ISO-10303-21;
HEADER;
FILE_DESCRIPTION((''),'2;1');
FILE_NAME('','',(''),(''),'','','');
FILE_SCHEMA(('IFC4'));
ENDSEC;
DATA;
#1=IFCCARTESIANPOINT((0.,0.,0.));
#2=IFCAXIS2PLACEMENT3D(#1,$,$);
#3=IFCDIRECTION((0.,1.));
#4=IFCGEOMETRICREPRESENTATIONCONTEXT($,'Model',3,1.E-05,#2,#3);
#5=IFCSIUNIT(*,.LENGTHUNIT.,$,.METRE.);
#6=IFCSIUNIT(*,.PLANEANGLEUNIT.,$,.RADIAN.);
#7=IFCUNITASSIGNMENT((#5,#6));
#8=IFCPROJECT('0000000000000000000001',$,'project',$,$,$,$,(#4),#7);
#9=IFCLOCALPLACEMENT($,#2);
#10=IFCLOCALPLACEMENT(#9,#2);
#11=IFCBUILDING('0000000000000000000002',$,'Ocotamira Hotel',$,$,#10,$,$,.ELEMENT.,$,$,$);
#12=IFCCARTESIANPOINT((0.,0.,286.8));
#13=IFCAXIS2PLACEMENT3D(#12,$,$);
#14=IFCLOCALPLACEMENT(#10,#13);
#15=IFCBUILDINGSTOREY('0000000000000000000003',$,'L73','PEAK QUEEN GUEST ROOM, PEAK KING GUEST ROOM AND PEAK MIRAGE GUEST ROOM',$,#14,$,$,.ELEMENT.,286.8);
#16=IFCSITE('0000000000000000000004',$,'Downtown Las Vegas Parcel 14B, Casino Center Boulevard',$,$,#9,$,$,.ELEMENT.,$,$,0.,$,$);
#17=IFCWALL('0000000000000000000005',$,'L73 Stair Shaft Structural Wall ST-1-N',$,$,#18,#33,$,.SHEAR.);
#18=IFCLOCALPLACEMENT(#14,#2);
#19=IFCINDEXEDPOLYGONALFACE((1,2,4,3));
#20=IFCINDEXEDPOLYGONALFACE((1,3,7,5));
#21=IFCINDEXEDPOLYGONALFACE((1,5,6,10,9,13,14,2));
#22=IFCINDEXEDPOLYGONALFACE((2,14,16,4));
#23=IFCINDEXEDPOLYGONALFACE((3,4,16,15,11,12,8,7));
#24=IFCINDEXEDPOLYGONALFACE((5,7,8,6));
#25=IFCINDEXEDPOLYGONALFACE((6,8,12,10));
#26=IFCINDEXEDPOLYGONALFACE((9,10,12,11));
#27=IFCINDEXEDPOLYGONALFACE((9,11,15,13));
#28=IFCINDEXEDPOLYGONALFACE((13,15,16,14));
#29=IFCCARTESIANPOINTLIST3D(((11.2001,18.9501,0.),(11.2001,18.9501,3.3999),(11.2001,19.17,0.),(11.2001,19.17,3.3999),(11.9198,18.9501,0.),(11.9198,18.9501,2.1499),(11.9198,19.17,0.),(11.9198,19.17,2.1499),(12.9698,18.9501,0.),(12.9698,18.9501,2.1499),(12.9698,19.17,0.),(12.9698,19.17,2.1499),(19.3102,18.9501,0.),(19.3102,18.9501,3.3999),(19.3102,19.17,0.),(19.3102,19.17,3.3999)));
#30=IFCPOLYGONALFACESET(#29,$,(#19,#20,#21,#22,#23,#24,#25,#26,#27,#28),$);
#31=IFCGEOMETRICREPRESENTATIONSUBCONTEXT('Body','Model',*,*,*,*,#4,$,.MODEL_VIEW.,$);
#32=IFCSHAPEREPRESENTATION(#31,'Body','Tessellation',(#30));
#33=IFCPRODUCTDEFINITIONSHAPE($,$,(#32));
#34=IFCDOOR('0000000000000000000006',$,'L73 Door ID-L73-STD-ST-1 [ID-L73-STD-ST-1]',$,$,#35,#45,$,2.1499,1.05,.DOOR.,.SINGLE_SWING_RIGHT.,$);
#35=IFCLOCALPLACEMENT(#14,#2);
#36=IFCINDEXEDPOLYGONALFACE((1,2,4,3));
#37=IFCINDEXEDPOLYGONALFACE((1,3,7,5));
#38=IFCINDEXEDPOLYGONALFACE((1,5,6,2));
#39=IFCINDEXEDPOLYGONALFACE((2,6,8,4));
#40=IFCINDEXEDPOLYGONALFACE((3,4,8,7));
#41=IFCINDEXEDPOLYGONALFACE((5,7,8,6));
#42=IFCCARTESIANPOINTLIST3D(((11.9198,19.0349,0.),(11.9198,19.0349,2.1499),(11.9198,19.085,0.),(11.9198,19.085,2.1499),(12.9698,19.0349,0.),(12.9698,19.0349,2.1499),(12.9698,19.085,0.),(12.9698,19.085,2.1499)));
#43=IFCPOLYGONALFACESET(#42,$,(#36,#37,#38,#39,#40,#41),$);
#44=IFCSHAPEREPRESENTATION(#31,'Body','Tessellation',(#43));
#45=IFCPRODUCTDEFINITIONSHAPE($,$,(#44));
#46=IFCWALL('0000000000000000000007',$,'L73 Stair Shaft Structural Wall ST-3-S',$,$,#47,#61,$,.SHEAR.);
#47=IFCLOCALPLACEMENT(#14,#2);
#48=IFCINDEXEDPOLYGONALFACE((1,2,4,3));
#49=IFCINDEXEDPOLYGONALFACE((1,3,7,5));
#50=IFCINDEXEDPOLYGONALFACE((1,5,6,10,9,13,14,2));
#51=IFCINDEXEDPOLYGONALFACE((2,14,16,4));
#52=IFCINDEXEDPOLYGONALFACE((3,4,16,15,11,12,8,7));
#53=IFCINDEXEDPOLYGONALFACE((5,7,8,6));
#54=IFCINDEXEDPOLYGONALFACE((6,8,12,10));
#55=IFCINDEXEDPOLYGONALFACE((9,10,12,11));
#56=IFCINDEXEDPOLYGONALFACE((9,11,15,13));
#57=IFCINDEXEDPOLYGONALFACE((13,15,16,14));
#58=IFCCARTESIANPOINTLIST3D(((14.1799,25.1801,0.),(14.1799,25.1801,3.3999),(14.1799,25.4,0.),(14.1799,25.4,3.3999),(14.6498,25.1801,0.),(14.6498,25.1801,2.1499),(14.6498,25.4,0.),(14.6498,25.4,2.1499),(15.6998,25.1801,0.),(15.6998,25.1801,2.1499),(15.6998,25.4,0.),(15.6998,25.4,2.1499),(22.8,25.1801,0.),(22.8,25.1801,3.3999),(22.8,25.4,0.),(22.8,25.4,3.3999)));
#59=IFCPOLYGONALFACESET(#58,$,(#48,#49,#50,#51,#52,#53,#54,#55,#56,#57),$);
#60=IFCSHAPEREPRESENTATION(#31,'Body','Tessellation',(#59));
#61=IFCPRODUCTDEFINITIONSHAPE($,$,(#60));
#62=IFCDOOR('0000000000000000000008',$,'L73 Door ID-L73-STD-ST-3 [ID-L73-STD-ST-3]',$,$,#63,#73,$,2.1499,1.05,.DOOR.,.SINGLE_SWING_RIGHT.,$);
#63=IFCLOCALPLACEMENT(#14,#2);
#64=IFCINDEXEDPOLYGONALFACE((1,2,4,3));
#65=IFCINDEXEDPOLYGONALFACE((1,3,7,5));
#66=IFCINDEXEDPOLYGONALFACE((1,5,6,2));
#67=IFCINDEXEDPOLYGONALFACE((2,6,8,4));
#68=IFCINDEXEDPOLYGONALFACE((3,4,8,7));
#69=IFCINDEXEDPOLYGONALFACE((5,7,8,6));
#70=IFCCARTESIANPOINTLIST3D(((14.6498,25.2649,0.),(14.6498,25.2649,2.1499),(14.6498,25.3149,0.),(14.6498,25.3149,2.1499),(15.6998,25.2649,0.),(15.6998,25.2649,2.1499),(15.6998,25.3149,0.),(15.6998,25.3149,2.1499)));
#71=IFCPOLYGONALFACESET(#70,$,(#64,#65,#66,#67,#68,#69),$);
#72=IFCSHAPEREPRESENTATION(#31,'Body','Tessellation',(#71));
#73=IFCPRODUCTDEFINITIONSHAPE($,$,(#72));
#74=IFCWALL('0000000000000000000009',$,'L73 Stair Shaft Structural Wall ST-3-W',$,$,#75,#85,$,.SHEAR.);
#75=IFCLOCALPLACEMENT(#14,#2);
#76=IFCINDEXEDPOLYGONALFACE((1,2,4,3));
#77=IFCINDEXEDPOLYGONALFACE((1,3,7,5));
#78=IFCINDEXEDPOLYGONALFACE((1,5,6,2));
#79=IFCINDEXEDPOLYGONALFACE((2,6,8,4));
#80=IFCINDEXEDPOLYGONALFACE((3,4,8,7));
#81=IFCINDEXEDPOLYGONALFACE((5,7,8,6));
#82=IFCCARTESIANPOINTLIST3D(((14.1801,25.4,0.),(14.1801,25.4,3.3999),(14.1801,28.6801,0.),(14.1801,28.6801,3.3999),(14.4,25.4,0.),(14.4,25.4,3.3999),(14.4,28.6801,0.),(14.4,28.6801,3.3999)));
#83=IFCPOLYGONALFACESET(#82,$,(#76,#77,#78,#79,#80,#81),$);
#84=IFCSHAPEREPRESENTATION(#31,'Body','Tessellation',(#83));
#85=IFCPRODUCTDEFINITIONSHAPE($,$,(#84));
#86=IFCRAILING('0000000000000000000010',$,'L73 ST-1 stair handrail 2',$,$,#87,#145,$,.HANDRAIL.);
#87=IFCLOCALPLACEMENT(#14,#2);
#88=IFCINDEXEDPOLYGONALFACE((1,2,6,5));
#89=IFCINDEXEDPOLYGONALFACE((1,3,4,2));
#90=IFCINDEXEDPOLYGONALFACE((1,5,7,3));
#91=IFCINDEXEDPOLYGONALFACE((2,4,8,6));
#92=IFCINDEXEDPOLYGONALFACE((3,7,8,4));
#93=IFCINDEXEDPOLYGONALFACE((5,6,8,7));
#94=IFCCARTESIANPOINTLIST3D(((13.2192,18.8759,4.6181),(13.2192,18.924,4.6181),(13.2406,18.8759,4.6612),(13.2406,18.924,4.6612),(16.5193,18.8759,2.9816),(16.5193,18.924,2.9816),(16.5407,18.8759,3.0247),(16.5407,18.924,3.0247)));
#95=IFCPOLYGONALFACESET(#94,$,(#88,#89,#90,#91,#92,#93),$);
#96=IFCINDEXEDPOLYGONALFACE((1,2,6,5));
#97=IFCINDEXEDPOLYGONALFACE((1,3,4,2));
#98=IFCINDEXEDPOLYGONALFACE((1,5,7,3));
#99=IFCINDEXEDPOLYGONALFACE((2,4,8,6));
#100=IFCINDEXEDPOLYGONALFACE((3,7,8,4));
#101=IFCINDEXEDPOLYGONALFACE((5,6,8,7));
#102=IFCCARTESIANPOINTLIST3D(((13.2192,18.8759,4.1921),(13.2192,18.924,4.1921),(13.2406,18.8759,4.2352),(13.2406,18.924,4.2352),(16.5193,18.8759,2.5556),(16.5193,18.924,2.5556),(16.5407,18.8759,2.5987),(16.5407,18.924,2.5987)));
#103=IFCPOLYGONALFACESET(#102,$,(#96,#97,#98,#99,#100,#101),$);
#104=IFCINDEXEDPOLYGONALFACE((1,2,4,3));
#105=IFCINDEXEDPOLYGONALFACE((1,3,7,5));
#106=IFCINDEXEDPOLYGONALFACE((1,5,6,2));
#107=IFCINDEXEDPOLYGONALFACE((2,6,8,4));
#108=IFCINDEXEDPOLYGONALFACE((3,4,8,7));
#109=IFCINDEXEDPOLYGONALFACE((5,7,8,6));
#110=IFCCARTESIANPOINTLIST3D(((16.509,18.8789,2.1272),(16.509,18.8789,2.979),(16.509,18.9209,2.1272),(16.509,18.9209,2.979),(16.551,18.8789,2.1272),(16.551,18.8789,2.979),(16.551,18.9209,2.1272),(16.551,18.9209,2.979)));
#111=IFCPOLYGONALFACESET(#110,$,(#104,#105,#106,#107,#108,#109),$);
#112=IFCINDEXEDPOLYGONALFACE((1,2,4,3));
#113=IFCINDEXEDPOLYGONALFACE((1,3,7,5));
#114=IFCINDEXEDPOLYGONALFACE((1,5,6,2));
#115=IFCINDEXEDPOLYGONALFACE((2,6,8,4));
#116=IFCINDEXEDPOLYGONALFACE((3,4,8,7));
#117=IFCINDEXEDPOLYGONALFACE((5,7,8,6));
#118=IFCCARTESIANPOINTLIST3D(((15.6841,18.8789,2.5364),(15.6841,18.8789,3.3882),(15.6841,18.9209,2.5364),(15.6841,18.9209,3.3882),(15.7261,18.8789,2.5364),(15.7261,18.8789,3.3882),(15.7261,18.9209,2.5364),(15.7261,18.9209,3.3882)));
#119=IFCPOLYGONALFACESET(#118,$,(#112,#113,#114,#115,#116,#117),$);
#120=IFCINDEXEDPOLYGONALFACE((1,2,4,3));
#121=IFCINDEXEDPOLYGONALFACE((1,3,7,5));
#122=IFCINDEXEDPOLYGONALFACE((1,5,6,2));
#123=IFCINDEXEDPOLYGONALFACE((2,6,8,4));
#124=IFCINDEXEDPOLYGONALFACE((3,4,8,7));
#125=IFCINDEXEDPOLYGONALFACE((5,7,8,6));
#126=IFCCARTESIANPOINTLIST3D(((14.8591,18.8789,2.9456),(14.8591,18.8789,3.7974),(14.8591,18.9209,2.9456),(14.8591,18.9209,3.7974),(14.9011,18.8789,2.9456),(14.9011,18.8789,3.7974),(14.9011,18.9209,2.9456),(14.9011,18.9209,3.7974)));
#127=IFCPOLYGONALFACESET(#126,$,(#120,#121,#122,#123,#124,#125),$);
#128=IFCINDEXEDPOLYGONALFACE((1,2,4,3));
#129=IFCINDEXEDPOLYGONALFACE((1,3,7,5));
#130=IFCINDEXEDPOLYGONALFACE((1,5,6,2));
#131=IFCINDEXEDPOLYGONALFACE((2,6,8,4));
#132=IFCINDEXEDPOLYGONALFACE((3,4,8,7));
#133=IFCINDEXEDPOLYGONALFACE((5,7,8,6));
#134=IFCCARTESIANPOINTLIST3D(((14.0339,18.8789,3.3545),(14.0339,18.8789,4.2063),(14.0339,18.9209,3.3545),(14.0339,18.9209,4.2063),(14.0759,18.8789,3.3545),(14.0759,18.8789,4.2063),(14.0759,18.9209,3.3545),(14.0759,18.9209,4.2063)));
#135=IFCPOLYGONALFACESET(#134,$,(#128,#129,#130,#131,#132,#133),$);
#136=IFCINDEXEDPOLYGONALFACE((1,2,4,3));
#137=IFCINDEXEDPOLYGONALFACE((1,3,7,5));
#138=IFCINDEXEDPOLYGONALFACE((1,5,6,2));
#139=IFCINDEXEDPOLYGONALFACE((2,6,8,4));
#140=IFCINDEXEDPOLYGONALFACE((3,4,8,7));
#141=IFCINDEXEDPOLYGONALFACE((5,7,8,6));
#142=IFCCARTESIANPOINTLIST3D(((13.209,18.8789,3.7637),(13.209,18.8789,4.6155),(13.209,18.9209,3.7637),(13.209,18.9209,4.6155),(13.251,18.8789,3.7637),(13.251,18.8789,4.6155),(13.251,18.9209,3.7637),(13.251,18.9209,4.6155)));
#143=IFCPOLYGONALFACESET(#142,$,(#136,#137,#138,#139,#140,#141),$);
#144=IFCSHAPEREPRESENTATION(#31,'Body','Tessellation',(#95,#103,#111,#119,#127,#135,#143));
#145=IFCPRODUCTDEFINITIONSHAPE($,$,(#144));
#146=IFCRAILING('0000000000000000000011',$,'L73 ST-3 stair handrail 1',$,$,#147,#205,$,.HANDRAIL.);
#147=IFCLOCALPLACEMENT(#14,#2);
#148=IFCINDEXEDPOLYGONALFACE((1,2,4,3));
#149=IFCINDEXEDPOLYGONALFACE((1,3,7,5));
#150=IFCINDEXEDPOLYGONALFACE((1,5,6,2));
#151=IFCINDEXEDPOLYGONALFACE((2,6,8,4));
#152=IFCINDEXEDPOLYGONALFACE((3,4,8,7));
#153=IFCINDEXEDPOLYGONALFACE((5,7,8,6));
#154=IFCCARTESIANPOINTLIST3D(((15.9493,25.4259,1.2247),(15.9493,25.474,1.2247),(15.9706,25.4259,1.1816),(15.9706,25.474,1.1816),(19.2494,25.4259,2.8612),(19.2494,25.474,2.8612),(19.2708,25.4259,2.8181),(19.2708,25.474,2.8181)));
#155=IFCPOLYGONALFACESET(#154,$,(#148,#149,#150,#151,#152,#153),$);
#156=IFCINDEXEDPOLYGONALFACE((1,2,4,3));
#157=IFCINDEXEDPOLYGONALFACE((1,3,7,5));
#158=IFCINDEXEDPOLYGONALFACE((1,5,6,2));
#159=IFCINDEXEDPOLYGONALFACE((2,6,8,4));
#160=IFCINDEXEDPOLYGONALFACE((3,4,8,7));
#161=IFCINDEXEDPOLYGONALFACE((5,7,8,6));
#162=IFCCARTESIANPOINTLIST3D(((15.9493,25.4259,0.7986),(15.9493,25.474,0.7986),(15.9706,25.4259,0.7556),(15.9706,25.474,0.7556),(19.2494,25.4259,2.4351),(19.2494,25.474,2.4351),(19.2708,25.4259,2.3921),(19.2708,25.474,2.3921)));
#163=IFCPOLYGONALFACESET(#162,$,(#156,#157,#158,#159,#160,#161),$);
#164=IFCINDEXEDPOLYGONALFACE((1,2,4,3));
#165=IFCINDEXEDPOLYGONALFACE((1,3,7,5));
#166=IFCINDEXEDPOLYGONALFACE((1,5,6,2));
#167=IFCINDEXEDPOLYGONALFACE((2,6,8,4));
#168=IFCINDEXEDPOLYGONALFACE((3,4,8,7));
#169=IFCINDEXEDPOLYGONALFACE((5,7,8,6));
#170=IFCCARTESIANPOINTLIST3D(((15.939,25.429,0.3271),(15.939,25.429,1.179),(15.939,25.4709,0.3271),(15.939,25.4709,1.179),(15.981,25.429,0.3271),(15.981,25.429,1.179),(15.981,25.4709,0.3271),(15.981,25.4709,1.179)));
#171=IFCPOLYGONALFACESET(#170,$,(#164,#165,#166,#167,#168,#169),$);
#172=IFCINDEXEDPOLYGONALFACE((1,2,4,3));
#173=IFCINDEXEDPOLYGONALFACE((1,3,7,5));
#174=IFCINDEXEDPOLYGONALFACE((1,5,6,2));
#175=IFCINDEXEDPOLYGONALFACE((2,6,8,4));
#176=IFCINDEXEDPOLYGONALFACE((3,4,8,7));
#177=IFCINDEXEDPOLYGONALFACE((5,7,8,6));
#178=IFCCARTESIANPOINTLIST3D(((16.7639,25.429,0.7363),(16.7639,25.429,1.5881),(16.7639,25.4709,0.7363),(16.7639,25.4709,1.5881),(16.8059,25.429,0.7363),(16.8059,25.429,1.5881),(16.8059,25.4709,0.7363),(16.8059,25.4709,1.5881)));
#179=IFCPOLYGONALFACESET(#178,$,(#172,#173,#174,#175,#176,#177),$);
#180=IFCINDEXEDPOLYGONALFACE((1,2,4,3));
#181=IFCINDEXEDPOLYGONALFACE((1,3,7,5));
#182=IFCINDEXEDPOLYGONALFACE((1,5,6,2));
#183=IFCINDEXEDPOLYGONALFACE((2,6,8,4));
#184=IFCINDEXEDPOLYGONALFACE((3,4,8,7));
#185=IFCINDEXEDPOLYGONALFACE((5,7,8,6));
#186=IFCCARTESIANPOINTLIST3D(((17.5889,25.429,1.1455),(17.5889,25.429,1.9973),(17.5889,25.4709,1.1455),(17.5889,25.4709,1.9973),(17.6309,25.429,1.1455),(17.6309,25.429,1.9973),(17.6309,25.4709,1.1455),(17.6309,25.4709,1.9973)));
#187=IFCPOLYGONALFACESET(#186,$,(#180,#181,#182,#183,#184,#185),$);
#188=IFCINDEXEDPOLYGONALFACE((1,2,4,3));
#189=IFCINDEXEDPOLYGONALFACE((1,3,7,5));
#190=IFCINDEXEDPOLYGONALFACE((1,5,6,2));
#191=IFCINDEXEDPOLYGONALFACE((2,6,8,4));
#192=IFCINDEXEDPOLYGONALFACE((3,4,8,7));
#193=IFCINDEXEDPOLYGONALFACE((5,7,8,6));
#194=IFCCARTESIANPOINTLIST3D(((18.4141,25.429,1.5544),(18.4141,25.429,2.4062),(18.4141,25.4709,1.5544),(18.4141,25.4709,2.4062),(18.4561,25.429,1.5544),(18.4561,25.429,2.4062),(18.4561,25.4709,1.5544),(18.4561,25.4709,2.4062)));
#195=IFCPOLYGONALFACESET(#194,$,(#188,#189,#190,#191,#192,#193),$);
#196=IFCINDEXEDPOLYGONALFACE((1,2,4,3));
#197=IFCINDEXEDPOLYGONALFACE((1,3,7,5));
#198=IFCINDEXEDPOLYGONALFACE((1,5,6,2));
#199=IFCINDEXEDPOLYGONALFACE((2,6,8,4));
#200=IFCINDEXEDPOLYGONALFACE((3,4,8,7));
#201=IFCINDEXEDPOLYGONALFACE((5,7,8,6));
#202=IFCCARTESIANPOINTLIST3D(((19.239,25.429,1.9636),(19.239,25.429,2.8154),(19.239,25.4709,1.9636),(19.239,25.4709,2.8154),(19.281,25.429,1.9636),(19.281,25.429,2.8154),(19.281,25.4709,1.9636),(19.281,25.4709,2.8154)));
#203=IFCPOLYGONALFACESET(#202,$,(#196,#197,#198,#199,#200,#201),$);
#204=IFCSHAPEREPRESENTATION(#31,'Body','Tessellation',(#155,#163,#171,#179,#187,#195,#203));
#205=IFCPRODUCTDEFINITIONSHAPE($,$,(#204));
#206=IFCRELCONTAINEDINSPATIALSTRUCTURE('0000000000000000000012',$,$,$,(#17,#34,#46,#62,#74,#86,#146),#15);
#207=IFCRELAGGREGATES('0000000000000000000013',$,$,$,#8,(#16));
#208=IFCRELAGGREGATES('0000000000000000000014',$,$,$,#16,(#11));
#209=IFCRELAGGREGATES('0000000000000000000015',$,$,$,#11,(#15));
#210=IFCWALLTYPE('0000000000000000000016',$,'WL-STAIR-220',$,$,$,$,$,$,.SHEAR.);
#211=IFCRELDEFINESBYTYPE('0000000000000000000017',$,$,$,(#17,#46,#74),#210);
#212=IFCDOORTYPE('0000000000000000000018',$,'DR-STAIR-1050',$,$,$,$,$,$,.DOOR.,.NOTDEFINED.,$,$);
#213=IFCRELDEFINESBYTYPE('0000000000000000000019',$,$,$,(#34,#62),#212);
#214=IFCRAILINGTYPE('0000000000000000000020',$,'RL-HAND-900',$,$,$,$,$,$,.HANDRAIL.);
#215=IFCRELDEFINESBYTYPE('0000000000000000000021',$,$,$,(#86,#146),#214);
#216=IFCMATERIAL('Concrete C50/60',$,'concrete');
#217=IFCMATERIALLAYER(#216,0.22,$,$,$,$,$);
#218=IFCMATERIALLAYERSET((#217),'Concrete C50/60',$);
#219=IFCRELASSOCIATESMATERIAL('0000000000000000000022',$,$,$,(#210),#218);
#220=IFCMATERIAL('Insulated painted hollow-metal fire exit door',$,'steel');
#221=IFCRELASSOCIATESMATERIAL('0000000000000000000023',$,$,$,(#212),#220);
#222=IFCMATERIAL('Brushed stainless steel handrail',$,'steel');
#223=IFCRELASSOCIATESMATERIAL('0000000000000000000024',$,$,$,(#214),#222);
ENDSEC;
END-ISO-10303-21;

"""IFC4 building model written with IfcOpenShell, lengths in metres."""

from ifc_helpers import new_model, si_unit, direction, frame, frame_2d, origin, origin_2d, place, context, subcontext, project, spatial, rectangle, extrude, source, transform, mapped, material, layer, layer_set, type_object, element, fill, save


model = new_model("IFC4")

# Units and contexts
model_context = context("Model", 3, precision=1e-05, world=origin(), true_north=direction((0.0, 1.0)))
body_context = subcontext(model_context, "Body", "Model", "MODEL_VIEW")
ifc_project = project(units=[si_unit("LENGTHUNIT", "METRE"), si_unit("PLANEANGLEUNIT", "RADIAN")], contexts=[model_context])

# Site, building, storey
site_placement = place(None, origin())
site = spatial("IfcSite", under=ifc_project, at=site_placement, Name="Downtown Las Vegas Parcel 14B, Casino Center Boulevard", CompositionType="ELEMENT", RefElevation=0.0)
building_placement = place(site_placement, origin())
building = spatial("IfcBuilding", under=site, at=building_placement, Name="Ocotamira Hotel", CompositionType="ELEMENT")
storey_placement = place(building_placement, frame((0.0, 0.0, 286.8)))
storey = spatial("IfcBuildingStorey", under=building, at=storey_placement, Name="L73", Description="PEAK QUEEN GUEST ROOM, PEAK KING GUEST ROOM AND PEAK MIRAGE GUEST ROOM", CompositionType="ELEMENT", Elevation=286.8)

# Shared definitions
ifc_material_1 = material(Name="Concrete C50/60", Category="concrete")

# Walls, openings, doors
ifc_layer_1 = layer(ifc_material_1, 0.22)
ifc_layer_set_1 = layer_set([ifc_layer_1], Name="Concrete C50/60")
wall_type_1 = type_object("IfcWallType", Name="WL-STAIR-220", PredefinedType="SHEAR", material=ifc_layer_set_1)
wall_1_placement = place(storey_placement, frame((11.2, 19.0601, 0.0), z_axis=(0.0, 0.0, 1.0), x_axis=(1.0, 0.0, 0.0)))
wall_1 = element("IfcWall", 1, at=wall_1_placement, inside=storey, type_object=wall_type_1, Name="L73 Stair Shaft Structural Wall ST-1-N", PredefinedType="SHEAR", context=body_context, shape_type="SweptSolid", body=[
    extrude(rectangle(XDim=8.1101, YDim=0.22, at=frame_2d((4.0552, 0.0))), origin(), (0.0, 0.0, 1.0), 3.3999),
])
opening_1_placement = place(wall_1_placement, frame((0.72, 0.0, 0.0)))
opening_1 = element("IfcOpeningElement", 2, at=opening_1_placement, cuts=wall_1, PredefinedType="OPENING", context=body_context, shape_type="SweptSolid", body=[
    extrude(rectangle(XDim=1.05, YDim=2.1499, at=frame_2d((0.5249, 1.075))), frame((0.0, 0.1201, 0.0), z_axis=(0.0, -1.0, 0.0), x_axis=(1.0, 0.0, 0.0)), (0.0, 0.0, 1.0), 0.24),
])
ifc_material_2 = material(Name="Insulated painted hollow-metal fire exit door", Category="steel")
door_type_1 = type_object("IfcDoorType", Name="DR-STAIR-1050", OperationType="NOTDEFINED", PredefinedType="DOOR", material=ifc_material_2)
shared_shape_1 = source(origin(), body_context, "Body", "SweptSolid", [
    extrude(rectangle(XDim=1.05, YDim=2.1499, at=frame_2d((0.5249, 1.075))), frame((0.0, 0.0249, 0.0), z_axis=(0.0, -1.0, 0.0), x_axis=(1.0, 0.0, 0.0)), (0.0, 0.0, 1.0), 0.05),
])
door_1_placement = place(opening_1_placement, origin())
door_1 = element("IfcDoor", 3, at=door_1_placement, inside=storey, type_object=door_type_1, Name="L73 Door ID-L73-STD-ST-1 [ID-L73-STD-ST-1]", OperationType="SINGLE_SWING_RIGHT", OverallHeight=2.1499, OverallWidth=1.05, PredefinedType="DOOR", context=body_context, shape_type="MappedRepresentation", body=[
    mapped(shared_shape_1, transform((0.0, 0.0, 0.0), scale=1.0)),
])
fill(opening_1, door_1)
wall_2_placement = place(storey_placement, frame((14.1799, 25.29, 0.0), z_axis=(0.0, 0.0, 1.0), x_axis=(1.0, 0.0, 0.0)))
wall_2 = element("IfcWall", 4, at=wall_2_placement, inside=storey, type_object=wall_type_1, Name="L73 Stair Shaft Structural Wall ST-3-S", PredefinedType="SHEAR", context=body_context, shape_type="SweptSolid", body=[
    extrude(rectangle(XDim=8.6201, YDim=0.22, at=frame_2d((4.3101, 0.0))), origin(), (0.0, 0.0, 1.0), 3.3999),
])
opening_2_placement = place(wall_2_placement, frame((0.47, 0.0, 0.0)))
opening_2 = element("IfcOpeningElement", 5, at=opening_2_placement, cuts=wall_2, PredefinedType="OPENING", context=body_context, shape_type="SweptSolid", body=[
    extrude(rectangle(XDim=1.05, YDim=2.1499, at=frame_2d((0.5249, 1.075))), frame((0.0, 0.1201, 0.0), z_axis=(0.0, -1.0, 0.0), x_axis=(1.0, 0.0, 0.0)), (0.0, 0.0, 1.0), 0.24),
])
door_2_placement = place(opening_2_placement, origin())
door_2 = element("IfcDoor", 6, at=door_2_placement, inside=storey, type_object=door_type_1, Name="L73 Door ID-L73-STD-ST-3 [ID-L73-STD-ST-3]", OperationType="SINGLE_SWING_RIGHT", OverallHeight=2.1499, OverallWidth=1.05, PredefinedType="DOOR", context=body_context, shape_type="MappedRepresentation", body=[
    mapped(shared_shape_1, transform((0.0, 0.0, 0.0), scale=1.0)),
])
fill(opening_2, door_2)

# Wall
wall_3_placement = place(storey_placement, frame((14.29, 25.3999, 0.0), z_axis=(0.0, 0.0, 1.0), x_axis=(0.0, 1.0, 0.0)))
element("IfcWall", 7, at=wall_3_placement, inside=storey, type_object=wall_type_1, Name="L73 Stair Shaft Structural Wall ST-3-W", PredefinedType="SHEAR", context=body_context, shape_type="SweptSolid", body=[
    extrude(rectangle(XDim=3.28, YDim=0.22, at=frame_2d((1.6401, 0.0))), origin(), (0.0, 0.0, 1.0), 3.3999),
])

# Railings
ifc_material_3 = material(Name="Brushed stainless steel handrail", Category="steel")
railing_type = type_object("IfcRailingType", Name="RL-HAND-900", PredefinedType="HANDRAIL", material=ifc_material_3)
railing_1_placement = place(storey_placement, frame((16.53, 18.8999, 2.1272)))
element("IfcRailing", 8, at=railing_1_placement, inside=storey, type_object=railing_type, Name="L73 ST-1 stair handrail 2", PredefinedType="HANDRAIL", context=body_context, shape_type="SweptSolid", body=[
    extrude(rectangle(XDim=0.0481, YDim=0.0481, at=origin_2d()), frame((0.0, 0.0, 0.876), z_axis=(-0.895894, 0.0, 0.444268), x_axis=(0.0, -1.0, 0.0)), (0.0, 0.0, 1.0), 3.6836),
    extrude(rectangle(XDim=0.0481, YDim=0.0481, at=origin_2d()), frame((0.0, 0.0, 0.45), z_axis=(-0.895894, 0.0, 0.444268), x_axis=(0.0, -1.0, 0.0)), (0.0, 0.0, 1.0), 3.6836),
    extrude(rectangle(XDim=0.042, YDim=0.042, at=origin_2d()), origin(), (0.0, 0.0, 1.0), 0.8518),
    extrude(rectangle(XDim=0.042, YDim=0.042, at=origin_2d()), frame((-0.825, 0.0, 0.4092)), (0.0, 0.0, 1.0), 0.8518),
    extrude(rectangle(XDim=0.042, YDim=0.042, at=origin_2d()), frame((-1.6499, 0.0, 0.8184)), (0.0, 0.0, 1.0), 0.8518),
    extrude(rectangle(XDim=0.042, YDim=0.042, at=origin_2d()), frame((-2.4751, 0.0, 1.2273)), (0.0, 0.0, 1.0), 0.8518),
    extrude(rectangle(XDim=0.042, YDim=0.042, at=origin_2d()), frame((-3.3, 0.0, 1.6365)), (0.0, 0.0, 1.0), 0.8518),
])
railing_2_placement = place(storey_placement, frame((15.96, 25.45, 0.3271)))
element("IfcRailing", 9, at=railing_2_placement, inside=storey, type_object=railing_type, Name="L73 ST-3 stair handrail 1", PredefinedType="HANDRAIL", context=body_context, shape_type="SweptSolid", body=[
    extrude(rectangle(XDim=0.0481, YDim=0.0481, at=origin_2d()), frame((0.0, 0.0, 0.876), z_axis=(0.895894, 0.0, 0.444268), x_axis=(0.0, 1.0, 0.0)), (0.0, 0.0, 1.0), 3.6836),
    extrude(rectangle(XDim=0.0481, YDim=0.0481, at=origin_2d()), frame((0.0, 0.0, 0.45), z_axis=(0.895894, 0.0, 0.444268), x_axis=(0.0, 1.0, 0.0)), (0.0, 0.0, 1.0), 3.6836),
    extrude(rectangle(XDim=0.042, YDim=0.042, at=origin_2d()), origin(), (0.0, 0.0, 1.0), 0.8518),
    extrude(rectangle(XDim=0.042, YDim=0.042, at=origin_2d()), frame((0.825, 0.0, 0.4092)), (0.0, 0.0, 1.0), 0.8518),
    extrude(rectangle(XDim=0.042, YDim=0.042, at=origin_2d()), frame((1.6499, 0.0, 0.8184)), (0.0, 0.0, 1.0), 0.8518),
    extrude(rectangle(XDim=0.042, YDim=0.042, at=origin_2d()), frame((2.4751, 0.0, 1.2273)), (0.0, 0.0, 1.0), 0.8518),
    extrude(rectangle(XDim=0.042, YDim=0.042, at=origin_2d()), frame((3.3, 0.0, 1.6365)), (0.0, 0.0, 1.0), 0.8518),
])

save(model, "model.ifc")
